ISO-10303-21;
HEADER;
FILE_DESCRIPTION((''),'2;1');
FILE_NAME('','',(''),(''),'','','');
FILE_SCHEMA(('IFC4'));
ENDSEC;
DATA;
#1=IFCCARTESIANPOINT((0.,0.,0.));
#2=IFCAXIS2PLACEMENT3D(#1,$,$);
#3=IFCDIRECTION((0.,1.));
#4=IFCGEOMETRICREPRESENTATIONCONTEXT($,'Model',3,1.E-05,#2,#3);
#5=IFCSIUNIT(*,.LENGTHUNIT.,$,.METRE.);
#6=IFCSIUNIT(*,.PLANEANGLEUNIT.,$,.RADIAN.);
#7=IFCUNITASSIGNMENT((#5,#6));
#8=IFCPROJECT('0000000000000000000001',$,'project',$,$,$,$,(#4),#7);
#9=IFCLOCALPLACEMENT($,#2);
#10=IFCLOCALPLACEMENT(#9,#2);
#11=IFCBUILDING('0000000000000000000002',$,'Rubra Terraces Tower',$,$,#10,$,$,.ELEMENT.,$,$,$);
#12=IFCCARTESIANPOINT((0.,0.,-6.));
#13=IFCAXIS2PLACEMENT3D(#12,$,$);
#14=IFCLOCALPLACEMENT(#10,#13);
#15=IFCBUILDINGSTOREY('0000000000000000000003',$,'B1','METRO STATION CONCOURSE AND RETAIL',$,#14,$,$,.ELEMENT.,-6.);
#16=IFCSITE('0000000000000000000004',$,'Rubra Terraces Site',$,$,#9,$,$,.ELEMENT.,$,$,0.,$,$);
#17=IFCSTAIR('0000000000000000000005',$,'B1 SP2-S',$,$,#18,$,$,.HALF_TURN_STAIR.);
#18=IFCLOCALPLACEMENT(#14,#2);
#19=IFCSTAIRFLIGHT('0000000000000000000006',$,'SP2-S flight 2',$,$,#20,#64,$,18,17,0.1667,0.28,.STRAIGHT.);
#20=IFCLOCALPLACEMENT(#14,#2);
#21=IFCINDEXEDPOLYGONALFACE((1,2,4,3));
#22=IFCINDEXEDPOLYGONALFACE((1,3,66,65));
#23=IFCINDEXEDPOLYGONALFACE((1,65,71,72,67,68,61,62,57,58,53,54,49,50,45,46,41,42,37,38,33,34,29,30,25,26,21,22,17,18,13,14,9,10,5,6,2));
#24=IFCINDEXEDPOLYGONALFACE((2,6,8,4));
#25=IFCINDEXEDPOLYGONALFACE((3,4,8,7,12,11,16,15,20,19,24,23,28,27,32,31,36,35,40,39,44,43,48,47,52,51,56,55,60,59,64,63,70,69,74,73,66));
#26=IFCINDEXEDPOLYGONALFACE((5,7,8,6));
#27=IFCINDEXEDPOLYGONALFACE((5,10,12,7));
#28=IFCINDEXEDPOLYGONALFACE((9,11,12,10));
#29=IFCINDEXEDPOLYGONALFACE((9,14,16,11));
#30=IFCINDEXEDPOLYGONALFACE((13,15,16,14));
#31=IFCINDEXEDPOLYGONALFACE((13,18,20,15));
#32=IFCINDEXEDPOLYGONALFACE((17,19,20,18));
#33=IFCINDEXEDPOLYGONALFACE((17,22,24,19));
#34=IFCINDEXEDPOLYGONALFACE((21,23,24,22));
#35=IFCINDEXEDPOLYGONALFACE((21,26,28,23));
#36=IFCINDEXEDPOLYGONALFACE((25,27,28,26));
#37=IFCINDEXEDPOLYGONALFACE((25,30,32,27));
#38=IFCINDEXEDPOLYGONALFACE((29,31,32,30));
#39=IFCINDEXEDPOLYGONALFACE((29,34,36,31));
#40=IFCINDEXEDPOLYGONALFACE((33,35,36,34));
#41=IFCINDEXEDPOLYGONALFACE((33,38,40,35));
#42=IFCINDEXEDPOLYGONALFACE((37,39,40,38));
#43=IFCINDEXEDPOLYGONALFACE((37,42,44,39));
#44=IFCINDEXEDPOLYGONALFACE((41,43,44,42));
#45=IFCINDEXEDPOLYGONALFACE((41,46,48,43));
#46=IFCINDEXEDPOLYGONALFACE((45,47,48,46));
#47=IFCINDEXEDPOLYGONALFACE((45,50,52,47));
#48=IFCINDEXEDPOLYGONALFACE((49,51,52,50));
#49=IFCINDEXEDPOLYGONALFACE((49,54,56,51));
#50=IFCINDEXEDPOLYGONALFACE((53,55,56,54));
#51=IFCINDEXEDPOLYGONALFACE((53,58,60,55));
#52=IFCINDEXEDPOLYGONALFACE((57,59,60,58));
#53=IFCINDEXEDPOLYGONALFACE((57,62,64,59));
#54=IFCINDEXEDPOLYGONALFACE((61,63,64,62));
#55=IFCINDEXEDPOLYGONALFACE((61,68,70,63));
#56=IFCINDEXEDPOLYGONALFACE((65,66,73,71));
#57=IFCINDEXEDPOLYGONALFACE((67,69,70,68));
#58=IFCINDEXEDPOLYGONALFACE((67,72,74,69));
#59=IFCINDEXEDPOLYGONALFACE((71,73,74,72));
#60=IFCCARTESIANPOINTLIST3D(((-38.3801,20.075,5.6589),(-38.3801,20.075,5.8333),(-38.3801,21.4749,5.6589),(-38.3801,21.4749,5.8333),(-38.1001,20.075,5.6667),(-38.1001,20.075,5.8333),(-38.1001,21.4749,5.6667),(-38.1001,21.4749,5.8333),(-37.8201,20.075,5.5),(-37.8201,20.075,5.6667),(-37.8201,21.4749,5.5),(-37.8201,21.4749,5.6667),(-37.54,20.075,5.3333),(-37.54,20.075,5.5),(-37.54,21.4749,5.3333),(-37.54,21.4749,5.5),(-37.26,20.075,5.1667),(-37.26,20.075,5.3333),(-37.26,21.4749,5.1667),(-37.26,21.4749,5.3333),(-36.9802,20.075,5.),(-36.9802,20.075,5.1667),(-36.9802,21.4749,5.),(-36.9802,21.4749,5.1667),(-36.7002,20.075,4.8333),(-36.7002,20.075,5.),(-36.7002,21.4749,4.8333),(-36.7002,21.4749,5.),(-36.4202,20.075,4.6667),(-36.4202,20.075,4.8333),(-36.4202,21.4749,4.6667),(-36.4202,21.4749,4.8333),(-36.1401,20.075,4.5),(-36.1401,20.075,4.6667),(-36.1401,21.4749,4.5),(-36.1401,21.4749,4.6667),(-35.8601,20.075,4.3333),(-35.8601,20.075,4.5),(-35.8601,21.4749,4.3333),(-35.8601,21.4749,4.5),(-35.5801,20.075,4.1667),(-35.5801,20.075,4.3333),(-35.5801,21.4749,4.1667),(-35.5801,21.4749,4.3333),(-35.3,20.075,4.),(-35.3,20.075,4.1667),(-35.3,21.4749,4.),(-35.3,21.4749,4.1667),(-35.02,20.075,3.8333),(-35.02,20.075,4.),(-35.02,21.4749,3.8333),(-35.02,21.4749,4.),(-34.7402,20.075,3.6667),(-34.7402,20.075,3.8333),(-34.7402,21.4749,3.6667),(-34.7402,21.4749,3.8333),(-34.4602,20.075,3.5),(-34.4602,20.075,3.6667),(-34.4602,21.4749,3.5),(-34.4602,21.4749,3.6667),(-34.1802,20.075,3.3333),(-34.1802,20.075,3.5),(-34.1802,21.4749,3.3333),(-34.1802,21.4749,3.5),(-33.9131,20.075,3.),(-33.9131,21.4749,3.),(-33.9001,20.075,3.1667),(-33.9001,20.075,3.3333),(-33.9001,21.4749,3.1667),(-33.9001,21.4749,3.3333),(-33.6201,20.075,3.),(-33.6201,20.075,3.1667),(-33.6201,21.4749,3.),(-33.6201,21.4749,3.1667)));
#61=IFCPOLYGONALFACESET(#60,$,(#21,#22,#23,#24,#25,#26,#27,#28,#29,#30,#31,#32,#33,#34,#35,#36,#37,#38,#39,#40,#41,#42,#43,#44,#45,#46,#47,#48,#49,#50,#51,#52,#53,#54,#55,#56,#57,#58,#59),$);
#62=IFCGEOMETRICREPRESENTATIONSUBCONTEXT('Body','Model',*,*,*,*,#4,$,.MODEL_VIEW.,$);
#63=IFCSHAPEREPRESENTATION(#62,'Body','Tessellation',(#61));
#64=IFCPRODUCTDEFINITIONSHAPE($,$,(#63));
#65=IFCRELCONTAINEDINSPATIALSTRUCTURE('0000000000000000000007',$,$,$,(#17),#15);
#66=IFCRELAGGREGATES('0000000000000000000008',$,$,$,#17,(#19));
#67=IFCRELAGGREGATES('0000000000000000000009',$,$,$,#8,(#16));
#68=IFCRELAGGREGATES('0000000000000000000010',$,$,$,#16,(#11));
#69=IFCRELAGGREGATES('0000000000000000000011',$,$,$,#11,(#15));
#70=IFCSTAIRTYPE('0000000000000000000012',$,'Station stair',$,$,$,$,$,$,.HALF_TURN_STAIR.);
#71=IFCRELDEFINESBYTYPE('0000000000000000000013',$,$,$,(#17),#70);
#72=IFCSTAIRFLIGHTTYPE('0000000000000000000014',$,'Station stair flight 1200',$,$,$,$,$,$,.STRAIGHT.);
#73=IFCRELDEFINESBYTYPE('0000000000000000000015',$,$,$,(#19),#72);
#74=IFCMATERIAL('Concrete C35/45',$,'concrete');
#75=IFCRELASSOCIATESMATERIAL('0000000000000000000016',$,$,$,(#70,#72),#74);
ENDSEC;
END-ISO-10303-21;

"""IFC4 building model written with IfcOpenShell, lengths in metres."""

from ifc_helpers import new_model, si_unit, direction, frame, origin, place, context, subcontext, project, spatial, polyline, outline, extrude, material, type_object, element, aggregate, save


model = new_model("IFC4")

# Units and contexts
model_context = context("Model", 3, precision=1e-05, world=origin(), true_north=direction((0.0, 1.0)))
body_context = subcontext(model_context, "Body", "Model", "MODEL_VIEW")
ifc_project = project(units=[si_unit("LENGTHUNIT", "METRE"), si_unit("PLANEANGLEUNIT", "RADIAN")], contexts=[model_context])

# Site, building, storey
site_placement = place(None, origin())
site = spatial("IfcSite", under=ifc_project, at=site_placement, Name="Rubra Terraces Site", CompositionType="ELEMENT", RefElevation=0.0)
building_placement = place(site_placement, origin())
building = spatial("IfcBuilding", under=site, at=building_placement, Name="Rubra Terraces Tower", CompositionType="ELEMENT")
storey_placement = place(building_placement, frame((0.0, 0.0, -6.0)))
storey = spatial("IfcBuildingStorey", under=building, at=storey_placement, Name="B1", Description="METRO STATION CONCOURSE AND RETAIL", CompositionType="ELEMENT", Elevation=-6.0)

# Stair, stair flight
ifc_material_1 = material(Name="Concrete C35/45", Category="concrete")
stair_type_1 = type_object("IfcStairType", Name="Station stair", PredefinedType="HALF_TURN_STAIR", material=ifc_material_1)
stair_1_placement = place(storey_placement, origin())
stair_1 = element("IfcStair", 1, at=stair_1_placement, inside=storey, type_object=stair_type_1, Name="B1 SP2-S", PredefinedType="HALF_TURN_STAIR")
stair_flight_type_1 = type_object("IfcStairFlightType", Name="Station stair flight 1200", PredefinedType="STRAIGHT", material=ifc_material_1)
stair_flight_1_placement = place(storey_placement, frame((-33.6201, 20.7749, 3.0), z_axis=(0.0, 0.0, 1.0), x_axis=(-1.0, 0.0, 0.0)))
stair_flight_1 = element("IfcStairFlight", 2, at=stair_flight_1_placement, type_object=stair_flight_type_1, Name="SP2-S flight 2", NumberOfRisers=18, NumberOfTreads=17, PredefinedType="STRAIGHT", RiserHeight=0.1667, TreadLength=0.28, context=body_context, shape_type="SweptSolid", body=[
    extrude(outline(polyline([(0.0, 0.0), (0.0, 0.1667), (0.28, 0.1667), (0.28, 0.3333), (0.5601, 0.3333), (0.5601, 0.5), (0.8401, 0.5), (0.8401, 0.6667), (1.1201, 0.6667), (1.1201, 0.8333), (1.3999, 0.8333), (1.3999, 1.0), (1.6799, 1.0), (1.6799, 1.1667), (1.96, 1.1667), (1.96, 1.3333), (2.24, 1.3333), (2.24, 1.5), (2.52, 1.5), (2.52, 1.6667), (2.8, 1.6667), (2.8, 1.8333), (3.0801, 1.8333), (3.0801, 2.0), (3.3601, 2.0), (3.3601, 2.1667), (3.6399, 2.1667), (3.6399, 2.3333), (3.9199, 2.3333), (3.9199, 2.5), (4.2, 2.5), (4.2, 2.6667), (4.48, 2.6667), (4.48, 2.8333), (4.76, 2.8333), (4.76, 3.0), (4.76, 2.6589), (0.293, 0.0), (0.0, 0.0)])), frame((0.0, 0.7, 0.0), z_axis=(0.0, -1.0, 0.0), x_axis=(1.0, 0.0, 0.0)), (0.0, 0.0, 1.0), 1.3999),
])
aggregate(stair_1, [stair_flight_1])

save(model, "model.ifc")
